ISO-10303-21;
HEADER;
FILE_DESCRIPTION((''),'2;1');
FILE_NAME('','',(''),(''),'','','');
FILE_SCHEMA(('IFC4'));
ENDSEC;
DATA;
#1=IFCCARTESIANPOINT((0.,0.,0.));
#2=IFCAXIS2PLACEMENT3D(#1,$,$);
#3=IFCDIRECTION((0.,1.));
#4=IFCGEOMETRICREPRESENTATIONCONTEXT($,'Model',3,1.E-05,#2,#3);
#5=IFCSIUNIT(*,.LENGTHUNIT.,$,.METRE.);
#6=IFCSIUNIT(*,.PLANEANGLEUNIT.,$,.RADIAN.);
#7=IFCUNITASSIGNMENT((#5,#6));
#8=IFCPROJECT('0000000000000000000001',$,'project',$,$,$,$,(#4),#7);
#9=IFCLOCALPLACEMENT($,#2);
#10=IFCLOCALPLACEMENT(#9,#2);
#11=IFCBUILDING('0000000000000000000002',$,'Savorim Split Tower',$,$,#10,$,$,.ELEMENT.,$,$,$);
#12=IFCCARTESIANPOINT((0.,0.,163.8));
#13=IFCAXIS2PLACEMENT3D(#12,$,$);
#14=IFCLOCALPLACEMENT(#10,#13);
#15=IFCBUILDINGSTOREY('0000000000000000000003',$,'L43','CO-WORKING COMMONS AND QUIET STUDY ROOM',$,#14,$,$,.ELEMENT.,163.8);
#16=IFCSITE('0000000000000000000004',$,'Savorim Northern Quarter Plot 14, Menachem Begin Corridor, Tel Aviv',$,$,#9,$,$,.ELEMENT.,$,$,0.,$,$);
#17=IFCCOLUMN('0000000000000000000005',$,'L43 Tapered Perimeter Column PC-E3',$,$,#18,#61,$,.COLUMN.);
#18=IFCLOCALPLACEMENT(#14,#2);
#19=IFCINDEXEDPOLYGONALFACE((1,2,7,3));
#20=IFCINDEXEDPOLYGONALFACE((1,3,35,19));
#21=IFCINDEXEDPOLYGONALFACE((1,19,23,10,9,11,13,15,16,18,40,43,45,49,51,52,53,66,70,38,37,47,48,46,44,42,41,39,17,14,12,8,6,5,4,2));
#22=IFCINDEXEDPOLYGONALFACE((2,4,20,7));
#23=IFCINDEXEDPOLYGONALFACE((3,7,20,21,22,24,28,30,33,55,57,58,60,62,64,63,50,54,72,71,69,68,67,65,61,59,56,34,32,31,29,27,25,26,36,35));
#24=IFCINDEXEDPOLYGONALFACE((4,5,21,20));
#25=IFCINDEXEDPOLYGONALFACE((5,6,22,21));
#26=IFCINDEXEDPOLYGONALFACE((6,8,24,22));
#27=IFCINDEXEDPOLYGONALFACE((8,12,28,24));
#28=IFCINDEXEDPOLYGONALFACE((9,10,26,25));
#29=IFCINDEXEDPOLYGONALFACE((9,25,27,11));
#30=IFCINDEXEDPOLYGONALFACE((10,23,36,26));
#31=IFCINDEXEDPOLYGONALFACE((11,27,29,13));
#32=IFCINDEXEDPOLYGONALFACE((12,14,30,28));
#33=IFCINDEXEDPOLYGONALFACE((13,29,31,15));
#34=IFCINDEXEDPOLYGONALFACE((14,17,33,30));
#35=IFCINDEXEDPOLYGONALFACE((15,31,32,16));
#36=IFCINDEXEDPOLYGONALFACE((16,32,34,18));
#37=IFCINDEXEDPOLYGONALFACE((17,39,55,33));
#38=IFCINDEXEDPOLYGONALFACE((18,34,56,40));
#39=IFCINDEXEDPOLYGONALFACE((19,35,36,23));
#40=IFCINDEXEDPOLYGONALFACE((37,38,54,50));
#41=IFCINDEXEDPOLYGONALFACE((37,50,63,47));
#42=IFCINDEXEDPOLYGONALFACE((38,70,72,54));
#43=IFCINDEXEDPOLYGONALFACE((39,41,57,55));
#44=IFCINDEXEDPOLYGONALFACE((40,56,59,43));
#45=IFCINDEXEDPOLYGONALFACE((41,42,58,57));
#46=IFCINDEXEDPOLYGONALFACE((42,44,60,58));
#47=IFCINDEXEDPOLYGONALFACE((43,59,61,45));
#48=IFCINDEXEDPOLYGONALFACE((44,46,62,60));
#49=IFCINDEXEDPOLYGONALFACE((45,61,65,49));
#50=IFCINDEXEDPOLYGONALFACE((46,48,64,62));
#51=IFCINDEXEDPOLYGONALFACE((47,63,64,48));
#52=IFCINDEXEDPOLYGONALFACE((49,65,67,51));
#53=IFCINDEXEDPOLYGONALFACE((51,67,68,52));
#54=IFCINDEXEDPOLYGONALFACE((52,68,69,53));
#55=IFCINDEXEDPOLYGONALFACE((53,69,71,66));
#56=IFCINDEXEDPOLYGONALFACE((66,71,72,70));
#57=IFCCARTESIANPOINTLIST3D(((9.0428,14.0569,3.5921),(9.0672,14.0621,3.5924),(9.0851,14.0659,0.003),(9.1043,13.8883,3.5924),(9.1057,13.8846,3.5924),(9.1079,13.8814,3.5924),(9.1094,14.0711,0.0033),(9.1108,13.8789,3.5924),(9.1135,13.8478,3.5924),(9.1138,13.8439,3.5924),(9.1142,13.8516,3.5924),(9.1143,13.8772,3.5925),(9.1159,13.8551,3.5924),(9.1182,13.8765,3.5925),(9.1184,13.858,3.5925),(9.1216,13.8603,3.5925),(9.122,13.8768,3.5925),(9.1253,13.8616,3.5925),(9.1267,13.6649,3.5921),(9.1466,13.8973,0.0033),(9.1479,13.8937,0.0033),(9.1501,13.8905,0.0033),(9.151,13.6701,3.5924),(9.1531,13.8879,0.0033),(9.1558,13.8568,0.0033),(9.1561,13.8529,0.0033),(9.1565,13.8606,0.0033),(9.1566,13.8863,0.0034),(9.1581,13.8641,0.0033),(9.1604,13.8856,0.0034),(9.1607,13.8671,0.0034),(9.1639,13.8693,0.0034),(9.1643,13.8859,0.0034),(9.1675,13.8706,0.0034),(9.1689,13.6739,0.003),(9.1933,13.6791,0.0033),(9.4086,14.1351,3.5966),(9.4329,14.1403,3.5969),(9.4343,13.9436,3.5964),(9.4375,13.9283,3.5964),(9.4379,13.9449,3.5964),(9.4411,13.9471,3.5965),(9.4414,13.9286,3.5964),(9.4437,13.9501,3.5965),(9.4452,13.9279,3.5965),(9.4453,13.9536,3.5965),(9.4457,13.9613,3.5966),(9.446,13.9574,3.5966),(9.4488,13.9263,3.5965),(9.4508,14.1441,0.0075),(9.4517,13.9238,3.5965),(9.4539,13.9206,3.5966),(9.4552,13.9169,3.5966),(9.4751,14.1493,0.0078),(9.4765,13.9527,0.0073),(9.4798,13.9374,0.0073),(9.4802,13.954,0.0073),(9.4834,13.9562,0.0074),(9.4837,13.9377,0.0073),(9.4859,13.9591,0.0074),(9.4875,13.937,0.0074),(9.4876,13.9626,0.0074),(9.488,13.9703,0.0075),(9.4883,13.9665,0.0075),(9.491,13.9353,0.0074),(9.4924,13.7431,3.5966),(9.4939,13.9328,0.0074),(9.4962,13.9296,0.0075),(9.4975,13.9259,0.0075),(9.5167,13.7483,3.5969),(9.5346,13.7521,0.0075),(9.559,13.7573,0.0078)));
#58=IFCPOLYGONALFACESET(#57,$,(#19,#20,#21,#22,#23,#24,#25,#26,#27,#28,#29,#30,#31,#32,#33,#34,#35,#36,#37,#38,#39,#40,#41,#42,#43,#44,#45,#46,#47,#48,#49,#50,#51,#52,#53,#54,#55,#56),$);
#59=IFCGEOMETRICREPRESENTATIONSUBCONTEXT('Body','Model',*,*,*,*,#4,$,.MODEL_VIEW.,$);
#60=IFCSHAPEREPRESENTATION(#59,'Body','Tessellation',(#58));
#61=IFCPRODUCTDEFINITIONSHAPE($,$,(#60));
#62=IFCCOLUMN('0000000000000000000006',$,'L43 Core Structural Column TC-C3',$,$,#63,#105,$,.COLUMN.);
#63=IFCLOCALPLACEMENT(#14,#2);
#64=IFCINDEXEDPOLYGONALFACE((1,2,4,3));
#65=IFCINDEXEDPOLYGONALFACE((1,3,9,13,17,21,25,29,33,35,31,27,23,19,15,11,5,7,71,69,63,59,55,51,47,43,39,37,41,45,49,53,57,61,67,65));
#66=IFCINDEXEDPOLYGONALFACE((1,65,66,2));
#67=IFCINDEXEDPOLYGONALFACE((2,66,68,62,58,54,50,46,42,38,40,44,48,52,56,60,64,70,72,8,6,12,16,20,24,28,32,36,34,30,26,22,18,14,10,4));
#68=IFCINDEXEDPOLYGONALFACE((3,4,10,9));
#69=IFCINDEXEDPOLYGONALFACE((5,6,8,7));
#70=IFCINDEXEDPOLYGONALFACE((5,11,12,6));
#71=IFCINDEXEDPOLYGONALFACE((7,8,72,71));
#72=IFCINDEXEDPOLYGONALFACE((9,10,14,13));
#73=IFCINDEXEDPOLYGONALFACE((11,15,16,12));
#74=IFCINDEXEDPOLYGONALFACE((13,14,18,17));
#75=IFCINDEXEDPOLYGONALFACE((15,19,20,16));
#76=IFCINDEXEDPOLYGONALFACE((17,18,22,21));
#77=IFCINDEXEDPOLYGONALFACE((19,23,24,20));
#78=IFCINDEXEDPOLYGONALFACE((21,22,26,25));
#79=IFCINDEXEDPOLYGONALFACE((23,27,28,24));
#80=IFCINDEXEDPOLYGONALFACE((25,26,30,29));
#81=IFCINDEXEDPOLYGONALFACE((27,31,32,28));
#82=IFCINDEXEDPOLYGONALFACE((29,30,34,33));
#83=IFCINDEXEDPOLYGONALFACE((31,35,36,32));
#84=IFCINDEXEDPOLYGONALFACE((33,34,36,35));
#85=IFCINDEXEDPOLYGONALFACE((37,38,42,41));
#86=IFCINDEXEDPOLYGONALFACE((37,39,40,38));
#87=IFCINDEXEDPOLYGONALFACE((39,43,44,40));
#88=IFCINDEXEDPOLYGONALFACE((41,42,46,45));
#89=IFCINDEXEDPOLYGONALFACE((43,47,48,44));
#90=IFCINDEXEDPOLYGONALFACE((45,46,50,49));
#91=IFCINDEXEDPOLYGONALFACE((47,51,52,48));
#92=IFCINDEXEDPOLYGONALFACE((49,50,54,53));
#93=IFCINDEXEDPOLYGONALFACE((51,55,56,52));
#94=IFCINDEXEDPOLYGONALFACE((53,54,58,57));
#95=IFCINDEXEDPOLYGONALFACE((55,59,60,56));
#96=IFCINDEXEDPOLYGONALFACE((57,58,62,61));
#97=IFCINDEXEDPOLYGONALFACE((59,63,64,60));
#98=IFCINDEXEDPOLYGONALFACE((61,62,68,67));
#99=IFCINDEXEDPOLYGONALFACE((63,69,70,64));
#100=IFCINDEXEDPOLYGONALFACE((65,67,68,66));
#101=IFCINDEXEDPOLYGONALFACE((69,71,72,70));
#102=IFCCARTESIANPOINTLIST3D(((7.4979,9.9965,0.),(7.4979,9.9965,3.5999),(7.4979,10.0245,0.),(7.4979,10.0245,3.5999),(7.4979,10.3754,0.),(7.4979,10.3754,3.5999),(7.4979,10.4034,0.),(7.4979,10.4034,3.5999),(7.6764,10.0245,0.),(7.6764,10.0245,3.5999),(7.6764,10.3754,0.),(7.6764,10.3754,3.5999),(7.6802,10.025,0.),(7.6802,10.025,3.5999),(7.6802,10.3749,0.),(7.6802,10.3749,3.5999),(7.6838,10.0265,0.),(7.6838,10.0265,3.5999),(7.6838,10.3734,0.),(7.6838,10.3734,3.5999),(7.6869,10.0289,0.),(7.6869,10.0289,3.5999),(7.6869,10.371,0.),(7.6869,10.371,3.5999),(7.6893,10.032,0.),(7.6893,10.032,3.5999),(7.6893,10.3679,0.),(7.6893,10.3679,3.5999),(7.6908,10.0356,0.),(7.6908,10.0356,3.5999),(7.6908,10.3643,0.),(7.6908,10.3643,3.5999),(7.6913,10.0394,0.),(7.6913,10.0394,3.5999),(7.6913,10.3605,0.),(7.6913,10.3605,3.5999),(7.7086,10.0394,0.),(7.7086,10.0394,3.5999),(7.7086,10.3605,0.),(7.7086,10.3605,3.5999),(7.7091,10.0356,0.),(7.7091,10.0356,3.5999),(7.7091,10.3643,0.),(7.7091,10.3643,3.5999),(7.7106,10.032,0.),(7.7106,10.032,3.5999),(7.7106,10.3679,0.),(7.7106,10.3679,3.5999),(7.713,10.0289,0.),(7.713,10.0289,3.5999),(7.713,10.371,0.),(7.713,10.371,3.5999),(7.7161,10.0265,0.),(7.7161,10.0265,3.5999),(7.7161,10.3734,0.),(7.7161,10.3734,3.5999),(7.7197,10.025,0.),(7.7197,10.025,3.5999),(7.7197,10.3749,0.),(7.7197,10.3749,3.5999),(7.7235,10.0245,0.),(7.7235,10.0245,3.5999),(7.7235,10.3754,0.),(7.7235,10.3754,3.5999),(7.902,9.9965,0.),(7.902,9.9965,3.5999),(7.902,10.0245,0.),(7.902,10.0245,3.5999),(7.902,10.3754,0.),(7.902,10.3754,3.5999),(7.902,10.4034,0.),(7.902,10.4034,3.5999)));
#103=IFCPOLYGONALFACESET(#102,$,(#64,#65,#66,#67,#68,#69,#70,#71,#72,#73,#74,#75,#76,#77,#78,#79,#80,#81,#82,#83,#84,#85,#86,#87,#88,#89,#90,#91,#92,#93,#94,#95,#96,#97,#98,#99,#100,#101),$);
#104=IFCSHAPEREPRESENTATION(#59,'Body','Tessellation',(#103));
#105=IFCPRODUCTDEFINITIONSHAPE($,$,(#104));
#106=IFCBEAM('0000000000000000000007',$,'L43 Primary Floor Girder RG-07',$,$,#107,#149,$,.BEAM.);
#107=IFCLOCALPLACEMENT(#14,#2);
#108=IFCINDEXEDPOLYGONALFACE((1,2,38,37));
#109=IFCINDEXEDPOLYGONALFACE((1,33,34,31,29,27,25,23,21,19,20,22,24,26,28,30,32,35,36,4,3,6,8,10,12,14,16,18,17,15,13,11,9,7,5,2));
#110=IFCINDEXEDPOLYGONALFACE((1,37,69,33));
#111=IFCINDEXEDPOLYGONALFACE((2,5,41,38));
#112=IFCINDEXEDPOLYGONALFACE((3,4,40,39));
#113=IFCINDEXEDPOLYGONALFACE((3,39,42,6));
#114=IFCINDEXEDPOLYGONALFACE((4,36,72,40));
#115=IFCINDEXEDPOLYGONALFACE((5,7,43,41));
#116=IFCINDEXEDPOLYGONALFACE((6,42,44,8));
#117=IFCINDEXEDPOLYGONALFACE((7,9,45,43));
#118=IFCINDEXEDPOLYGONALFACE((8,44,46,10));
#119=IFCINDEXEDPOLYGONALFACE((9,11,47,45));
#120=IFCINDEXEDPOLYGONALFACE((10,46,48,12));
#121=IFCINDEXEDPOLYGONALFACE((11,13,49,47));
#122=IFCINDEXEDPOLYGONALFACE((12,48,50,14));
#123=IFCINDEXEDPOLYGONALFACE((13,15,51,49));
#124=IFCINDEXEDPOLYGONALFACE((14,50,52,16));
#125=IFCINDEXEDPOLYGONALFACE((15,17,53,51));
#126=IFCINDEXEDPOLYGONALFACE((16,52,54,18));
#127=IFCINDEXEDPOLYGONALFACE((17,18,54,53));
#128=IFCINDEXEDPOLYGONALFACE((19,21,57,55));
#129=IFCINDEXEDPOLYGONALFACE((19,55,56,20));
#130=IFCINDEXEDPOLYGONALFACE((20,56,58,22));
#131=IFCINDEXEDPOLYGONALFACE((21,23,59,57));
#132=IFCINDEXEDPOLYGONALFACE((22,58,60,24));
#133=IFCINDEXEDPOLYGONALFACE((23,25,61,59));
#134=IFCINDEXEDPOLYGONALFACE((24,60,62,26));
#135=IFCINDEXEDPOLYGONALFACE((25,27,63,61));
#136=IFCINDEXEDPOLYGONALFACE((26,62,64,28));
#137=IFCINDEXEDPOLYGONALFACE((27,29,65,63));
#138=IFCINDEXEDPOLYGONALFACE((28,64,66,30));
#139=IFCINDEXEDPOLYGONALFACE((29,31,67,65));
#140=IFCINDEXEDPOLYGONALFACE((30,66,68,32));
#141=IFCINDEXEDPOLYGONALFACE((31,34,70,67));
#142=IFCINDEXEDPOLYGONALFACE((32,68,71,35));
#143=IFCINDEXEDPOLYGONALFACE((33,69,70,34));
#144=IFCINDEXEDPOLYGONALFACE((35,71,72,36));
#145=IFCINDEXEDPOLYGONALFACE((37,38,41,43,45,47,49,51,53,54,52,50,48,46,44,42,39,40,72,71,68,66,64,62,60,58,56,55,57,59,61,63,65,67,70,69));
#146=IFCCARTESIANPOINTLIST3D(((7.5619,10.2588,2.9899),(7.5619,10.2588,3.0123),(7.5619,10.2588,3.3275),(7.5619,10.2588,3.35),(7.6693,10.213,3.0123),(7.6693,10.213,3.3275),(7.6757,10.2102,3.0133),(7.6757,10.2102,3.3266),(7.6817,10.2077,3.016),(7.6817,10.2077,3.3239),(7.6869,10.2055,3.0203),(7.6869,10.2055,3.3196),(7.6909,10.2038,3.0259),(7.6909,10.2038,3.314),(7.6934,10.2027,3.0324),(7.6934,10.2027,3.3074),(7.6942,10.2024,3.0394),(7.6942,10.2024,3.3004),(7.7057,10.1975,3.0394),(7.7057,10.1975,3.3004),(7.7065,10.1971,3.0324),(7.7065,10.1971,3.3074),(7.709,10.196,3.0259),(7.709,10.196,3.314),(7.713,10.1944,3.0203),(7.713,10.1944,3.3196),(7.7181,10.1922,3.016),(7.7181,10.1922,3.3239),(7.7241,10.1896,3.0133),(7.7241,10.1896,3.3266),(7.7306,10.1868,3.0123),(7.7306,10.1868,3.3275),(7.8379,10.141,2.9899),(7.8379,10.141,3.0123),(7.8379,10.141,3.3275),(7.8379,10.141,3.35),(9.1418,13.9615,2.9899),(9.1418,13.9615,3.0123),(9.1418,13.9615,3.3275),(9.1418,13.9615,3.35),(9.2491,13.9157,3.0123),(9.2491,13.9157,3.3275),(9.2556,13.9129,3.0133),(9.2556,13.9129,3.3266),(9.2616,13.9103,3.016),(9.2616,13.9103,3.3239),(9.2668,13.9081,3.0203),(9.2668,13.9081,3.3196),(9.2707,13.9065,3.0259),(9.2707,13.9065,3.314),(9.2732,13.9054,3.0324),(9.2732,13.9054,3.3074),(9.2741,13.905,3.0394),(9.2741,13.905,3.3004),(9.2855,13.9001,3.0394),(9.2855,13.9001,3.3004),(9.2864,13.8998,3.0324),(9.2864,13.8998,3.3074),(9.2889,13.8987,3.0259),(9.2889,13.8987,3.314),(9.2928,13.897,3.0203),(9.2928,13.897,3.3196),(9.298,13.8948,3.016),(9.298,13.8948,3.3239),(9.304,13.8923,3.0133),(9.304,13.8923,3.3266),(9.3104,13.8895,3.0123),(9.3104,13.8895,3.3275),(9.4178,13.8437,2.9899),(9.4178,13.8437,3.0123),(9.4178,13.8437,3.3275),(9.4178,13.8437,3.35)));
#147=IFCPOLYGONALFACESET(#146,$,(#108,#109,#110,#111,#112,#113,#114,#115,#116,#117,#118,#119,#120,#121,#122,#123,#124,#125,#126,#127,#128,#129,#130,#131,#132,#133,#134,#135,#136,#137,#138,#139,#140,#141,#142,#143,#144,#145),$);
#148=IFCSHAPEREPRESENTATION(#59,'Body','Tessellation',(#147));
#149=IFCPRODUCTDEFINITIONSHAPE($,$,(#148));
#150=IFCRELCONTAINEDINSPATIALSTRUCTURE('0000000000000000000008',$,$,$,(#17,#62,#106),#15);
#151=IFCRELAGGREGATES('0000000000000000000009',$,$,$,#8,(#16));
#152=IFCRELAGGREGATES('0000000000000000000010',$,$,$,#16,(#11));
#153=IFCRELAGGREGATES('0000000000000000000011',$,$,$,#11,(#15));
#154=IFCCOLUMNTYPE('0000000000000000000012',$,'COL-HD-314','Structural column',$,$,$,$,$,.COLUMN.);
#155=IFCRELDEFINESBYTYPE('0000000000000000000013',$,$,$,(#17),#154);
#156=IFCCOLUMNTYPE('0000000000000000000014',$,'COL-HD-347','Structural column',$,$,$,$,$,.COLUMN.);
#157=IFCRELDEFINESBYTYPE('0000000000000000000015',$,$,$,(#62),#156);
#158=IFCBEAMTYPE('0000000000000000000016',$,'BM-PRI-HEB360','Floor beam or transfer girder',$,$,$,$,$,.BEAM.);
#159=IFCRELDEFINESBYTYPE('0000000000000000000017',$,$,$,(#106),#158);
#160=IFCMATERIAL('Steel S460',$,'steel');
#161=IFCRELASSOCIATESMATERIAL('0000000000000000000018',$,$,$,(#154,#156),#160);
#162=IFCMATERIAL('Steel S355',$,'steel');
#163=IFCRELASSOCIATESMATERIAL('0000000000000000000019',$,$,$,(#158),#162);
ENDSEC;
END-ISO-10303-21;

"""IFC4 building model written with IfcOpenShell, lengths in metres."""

from ifc_helpers import new_model, si_unit, direction, frame, origin, origin_2d, place, context, subcontext, project, spatial, i_section, extrude, material, material_profile, profile_set, type_object, element, save


model = new_model("IFC4")

# Units and contexts
model_context = context("Model", 3, precision=1e-05, world=origin(), true_north=direction((0.0, 1.0)))
body_context = subcontext(model_context, "Body", "Model", "MODEL_VIEW")
ifc_project = project(units=[si_unit("LENGTHUNIT", "METRE"), si_unit("PLANEANGLEUNIT", "RADIAN")], contexts=[model_context])

# Site, building, storey
site_placement = place(None, origin())
site = spatial("IfcSite", under=ifc_project, at=site_placement, Name="Savorim Northern Quarter Plot 14, Menachem Begin Corridor, Tel Aviv", CompositionType="ELEMENT", RefElevation=0.0)
building_placement = place(site_placement, origin())
building = spatial("IfcBuilding", under=site, at=building_placement, Name="Savorim Split Tower", CompositionType="ELEMENT")
storey_placement = place(building_placement, frame((0.0, 0.0, 163.8)))
storey = spatial("IfcBuildingStorey", under=building, at=storey_placement, Name="L43", Description="CO-WORKING COMMONS AND QUIET STUDY ROOM", CompositionType="ELEMENT", Elevation=163.8)

# Columns
ifc_material_1 = material(Name="Steel S460", Category="steel")
ifc_material_profile_1 = material_profile(ifc_material_1, i_section(OverallWidth=0.4009, OverallDepth=0.3989, WebThickness=0.0156, FlangeThickness=0.0249, FilletRadius=0.0149, at=origin_2d()), Name="HD 400x314")
ifc_profile_set_1 = profile_set([ifc_material_profile_1], Name="Steel S460")
column_type_1 = type_object("IfcColumnType", Name="COL-HD-314", Description="Structural column", PredefinedType="COLUMN", material=ifc_profile_set_1)
column_1_placement = place(storey_placement, frame((9.322, 13.9116, 0.0054), z_axis=(-0.011767, -0.002517, 0.999928), x_axis=(0.209143, -0.977885, 0.0)))
element("IfcColumn", 1, at=column_1_placement, inside=storey, type_object=column_type_1, Name="L43 Tapered Perimeter Column PC-E3", PredefinedType="COLUMN", context=body_context, shape_type="SweptSolid", body=[
    extrude(i_section(OverallWidth=0.4009, OverallDepth=0.3989, WebThickness=0.0156, FlangeThickness=0.0249, FilletRadius=0.0149, at=origin_2d()), origin(), (0.0, 0.0, 1.0), 3.5894),
])
ifc_material_profile_2 = material_profile(ifc_material_1, i_section(OverallWidth=0.4041, OverallDepth=0.407, WebThickness=0.0173, FlangeThickness=0.0281, FilletRadius=0.0149, at=origin_2d()), Name="HD 400x347")
ifc_profile_set_2 = profile_set([ifc_material_profile_2], Name="Steel S460")
column_type_2 = type_object("IfcColumnType", Name="COL-HD-347", Description="Structural column", PredefinedType="COLUMN", material=ifc_profile_set_2)
column_2_placement = place(storey_placement, frame((7.7, 10.2, 0.0), z_axis=(0.0, 0.0, 1.0), x_axis=(1.0, 0.0, 0.0)))
element("IfcColumn", 2, at=column_2_placement, inside=storey, type_object=column_type_2, Name="L43 Core Structural Column TC-C3", PredefinedType="COLUMN", context=body_context, shape_type="SweptSolid", body=[
    extrude(i_section(OverallWidth=0.4041, OverallDepth=0.407, WebThickness=0.0173, FlangeThickness=0.0281, FilletRadius=0.0149, at=origin_2d()), origin(), (0.0, 0.0, 1.0), 3.5999),
])

# Beam
ifc_material_2 = material(Name="Steel S355", Category="steel")
ifc_material_profile_3 = material_profile(ifc_material_2, i_section(OverallWidth=0.3, OverallDepth=0.3601, WebThickness=0.0125, FlangeThickness=0.0225, FilletRadius=0.0271, at=origin_2d()), Name="HEB 360")
ifc_profile_set_3 = profile_set([ifc_material_profile_3], Name="Steel S355")
beam_type_1 = type_object("IfcBeamType", Name="BM-PRI-HEB360", Description="Floor beam or transfer girder", PredefinedType="BEAM", material=ifc_profile_set_3)
beam_1_placement = place(storey_placement, frame((9.2798, 13.9026, 3.1699), z_axis=(-0.392448, -0.919774, 0.0), x_axis=(0.919774, -0.392448, 0.0)))
element("IfcBeam", 3, at=beam_1_placement, inside=storey, type_object=beam_type_1, Name="L43 Primary Floor Girder RG-07", PredefinedType="BEAM", context=body_context, shape_type="SweptSolid", body=[
    extrude(i_section(OverallWidth=0.3, OverallDepth=0.3601, WebThickness=0.0125, FlangeThickness=0.0225, FilletRadius=0.0271, at=origin_2d()), origin(), (0.0, 0.0, 1.0), 4.0256),
])

save(model, "model.ifc")
